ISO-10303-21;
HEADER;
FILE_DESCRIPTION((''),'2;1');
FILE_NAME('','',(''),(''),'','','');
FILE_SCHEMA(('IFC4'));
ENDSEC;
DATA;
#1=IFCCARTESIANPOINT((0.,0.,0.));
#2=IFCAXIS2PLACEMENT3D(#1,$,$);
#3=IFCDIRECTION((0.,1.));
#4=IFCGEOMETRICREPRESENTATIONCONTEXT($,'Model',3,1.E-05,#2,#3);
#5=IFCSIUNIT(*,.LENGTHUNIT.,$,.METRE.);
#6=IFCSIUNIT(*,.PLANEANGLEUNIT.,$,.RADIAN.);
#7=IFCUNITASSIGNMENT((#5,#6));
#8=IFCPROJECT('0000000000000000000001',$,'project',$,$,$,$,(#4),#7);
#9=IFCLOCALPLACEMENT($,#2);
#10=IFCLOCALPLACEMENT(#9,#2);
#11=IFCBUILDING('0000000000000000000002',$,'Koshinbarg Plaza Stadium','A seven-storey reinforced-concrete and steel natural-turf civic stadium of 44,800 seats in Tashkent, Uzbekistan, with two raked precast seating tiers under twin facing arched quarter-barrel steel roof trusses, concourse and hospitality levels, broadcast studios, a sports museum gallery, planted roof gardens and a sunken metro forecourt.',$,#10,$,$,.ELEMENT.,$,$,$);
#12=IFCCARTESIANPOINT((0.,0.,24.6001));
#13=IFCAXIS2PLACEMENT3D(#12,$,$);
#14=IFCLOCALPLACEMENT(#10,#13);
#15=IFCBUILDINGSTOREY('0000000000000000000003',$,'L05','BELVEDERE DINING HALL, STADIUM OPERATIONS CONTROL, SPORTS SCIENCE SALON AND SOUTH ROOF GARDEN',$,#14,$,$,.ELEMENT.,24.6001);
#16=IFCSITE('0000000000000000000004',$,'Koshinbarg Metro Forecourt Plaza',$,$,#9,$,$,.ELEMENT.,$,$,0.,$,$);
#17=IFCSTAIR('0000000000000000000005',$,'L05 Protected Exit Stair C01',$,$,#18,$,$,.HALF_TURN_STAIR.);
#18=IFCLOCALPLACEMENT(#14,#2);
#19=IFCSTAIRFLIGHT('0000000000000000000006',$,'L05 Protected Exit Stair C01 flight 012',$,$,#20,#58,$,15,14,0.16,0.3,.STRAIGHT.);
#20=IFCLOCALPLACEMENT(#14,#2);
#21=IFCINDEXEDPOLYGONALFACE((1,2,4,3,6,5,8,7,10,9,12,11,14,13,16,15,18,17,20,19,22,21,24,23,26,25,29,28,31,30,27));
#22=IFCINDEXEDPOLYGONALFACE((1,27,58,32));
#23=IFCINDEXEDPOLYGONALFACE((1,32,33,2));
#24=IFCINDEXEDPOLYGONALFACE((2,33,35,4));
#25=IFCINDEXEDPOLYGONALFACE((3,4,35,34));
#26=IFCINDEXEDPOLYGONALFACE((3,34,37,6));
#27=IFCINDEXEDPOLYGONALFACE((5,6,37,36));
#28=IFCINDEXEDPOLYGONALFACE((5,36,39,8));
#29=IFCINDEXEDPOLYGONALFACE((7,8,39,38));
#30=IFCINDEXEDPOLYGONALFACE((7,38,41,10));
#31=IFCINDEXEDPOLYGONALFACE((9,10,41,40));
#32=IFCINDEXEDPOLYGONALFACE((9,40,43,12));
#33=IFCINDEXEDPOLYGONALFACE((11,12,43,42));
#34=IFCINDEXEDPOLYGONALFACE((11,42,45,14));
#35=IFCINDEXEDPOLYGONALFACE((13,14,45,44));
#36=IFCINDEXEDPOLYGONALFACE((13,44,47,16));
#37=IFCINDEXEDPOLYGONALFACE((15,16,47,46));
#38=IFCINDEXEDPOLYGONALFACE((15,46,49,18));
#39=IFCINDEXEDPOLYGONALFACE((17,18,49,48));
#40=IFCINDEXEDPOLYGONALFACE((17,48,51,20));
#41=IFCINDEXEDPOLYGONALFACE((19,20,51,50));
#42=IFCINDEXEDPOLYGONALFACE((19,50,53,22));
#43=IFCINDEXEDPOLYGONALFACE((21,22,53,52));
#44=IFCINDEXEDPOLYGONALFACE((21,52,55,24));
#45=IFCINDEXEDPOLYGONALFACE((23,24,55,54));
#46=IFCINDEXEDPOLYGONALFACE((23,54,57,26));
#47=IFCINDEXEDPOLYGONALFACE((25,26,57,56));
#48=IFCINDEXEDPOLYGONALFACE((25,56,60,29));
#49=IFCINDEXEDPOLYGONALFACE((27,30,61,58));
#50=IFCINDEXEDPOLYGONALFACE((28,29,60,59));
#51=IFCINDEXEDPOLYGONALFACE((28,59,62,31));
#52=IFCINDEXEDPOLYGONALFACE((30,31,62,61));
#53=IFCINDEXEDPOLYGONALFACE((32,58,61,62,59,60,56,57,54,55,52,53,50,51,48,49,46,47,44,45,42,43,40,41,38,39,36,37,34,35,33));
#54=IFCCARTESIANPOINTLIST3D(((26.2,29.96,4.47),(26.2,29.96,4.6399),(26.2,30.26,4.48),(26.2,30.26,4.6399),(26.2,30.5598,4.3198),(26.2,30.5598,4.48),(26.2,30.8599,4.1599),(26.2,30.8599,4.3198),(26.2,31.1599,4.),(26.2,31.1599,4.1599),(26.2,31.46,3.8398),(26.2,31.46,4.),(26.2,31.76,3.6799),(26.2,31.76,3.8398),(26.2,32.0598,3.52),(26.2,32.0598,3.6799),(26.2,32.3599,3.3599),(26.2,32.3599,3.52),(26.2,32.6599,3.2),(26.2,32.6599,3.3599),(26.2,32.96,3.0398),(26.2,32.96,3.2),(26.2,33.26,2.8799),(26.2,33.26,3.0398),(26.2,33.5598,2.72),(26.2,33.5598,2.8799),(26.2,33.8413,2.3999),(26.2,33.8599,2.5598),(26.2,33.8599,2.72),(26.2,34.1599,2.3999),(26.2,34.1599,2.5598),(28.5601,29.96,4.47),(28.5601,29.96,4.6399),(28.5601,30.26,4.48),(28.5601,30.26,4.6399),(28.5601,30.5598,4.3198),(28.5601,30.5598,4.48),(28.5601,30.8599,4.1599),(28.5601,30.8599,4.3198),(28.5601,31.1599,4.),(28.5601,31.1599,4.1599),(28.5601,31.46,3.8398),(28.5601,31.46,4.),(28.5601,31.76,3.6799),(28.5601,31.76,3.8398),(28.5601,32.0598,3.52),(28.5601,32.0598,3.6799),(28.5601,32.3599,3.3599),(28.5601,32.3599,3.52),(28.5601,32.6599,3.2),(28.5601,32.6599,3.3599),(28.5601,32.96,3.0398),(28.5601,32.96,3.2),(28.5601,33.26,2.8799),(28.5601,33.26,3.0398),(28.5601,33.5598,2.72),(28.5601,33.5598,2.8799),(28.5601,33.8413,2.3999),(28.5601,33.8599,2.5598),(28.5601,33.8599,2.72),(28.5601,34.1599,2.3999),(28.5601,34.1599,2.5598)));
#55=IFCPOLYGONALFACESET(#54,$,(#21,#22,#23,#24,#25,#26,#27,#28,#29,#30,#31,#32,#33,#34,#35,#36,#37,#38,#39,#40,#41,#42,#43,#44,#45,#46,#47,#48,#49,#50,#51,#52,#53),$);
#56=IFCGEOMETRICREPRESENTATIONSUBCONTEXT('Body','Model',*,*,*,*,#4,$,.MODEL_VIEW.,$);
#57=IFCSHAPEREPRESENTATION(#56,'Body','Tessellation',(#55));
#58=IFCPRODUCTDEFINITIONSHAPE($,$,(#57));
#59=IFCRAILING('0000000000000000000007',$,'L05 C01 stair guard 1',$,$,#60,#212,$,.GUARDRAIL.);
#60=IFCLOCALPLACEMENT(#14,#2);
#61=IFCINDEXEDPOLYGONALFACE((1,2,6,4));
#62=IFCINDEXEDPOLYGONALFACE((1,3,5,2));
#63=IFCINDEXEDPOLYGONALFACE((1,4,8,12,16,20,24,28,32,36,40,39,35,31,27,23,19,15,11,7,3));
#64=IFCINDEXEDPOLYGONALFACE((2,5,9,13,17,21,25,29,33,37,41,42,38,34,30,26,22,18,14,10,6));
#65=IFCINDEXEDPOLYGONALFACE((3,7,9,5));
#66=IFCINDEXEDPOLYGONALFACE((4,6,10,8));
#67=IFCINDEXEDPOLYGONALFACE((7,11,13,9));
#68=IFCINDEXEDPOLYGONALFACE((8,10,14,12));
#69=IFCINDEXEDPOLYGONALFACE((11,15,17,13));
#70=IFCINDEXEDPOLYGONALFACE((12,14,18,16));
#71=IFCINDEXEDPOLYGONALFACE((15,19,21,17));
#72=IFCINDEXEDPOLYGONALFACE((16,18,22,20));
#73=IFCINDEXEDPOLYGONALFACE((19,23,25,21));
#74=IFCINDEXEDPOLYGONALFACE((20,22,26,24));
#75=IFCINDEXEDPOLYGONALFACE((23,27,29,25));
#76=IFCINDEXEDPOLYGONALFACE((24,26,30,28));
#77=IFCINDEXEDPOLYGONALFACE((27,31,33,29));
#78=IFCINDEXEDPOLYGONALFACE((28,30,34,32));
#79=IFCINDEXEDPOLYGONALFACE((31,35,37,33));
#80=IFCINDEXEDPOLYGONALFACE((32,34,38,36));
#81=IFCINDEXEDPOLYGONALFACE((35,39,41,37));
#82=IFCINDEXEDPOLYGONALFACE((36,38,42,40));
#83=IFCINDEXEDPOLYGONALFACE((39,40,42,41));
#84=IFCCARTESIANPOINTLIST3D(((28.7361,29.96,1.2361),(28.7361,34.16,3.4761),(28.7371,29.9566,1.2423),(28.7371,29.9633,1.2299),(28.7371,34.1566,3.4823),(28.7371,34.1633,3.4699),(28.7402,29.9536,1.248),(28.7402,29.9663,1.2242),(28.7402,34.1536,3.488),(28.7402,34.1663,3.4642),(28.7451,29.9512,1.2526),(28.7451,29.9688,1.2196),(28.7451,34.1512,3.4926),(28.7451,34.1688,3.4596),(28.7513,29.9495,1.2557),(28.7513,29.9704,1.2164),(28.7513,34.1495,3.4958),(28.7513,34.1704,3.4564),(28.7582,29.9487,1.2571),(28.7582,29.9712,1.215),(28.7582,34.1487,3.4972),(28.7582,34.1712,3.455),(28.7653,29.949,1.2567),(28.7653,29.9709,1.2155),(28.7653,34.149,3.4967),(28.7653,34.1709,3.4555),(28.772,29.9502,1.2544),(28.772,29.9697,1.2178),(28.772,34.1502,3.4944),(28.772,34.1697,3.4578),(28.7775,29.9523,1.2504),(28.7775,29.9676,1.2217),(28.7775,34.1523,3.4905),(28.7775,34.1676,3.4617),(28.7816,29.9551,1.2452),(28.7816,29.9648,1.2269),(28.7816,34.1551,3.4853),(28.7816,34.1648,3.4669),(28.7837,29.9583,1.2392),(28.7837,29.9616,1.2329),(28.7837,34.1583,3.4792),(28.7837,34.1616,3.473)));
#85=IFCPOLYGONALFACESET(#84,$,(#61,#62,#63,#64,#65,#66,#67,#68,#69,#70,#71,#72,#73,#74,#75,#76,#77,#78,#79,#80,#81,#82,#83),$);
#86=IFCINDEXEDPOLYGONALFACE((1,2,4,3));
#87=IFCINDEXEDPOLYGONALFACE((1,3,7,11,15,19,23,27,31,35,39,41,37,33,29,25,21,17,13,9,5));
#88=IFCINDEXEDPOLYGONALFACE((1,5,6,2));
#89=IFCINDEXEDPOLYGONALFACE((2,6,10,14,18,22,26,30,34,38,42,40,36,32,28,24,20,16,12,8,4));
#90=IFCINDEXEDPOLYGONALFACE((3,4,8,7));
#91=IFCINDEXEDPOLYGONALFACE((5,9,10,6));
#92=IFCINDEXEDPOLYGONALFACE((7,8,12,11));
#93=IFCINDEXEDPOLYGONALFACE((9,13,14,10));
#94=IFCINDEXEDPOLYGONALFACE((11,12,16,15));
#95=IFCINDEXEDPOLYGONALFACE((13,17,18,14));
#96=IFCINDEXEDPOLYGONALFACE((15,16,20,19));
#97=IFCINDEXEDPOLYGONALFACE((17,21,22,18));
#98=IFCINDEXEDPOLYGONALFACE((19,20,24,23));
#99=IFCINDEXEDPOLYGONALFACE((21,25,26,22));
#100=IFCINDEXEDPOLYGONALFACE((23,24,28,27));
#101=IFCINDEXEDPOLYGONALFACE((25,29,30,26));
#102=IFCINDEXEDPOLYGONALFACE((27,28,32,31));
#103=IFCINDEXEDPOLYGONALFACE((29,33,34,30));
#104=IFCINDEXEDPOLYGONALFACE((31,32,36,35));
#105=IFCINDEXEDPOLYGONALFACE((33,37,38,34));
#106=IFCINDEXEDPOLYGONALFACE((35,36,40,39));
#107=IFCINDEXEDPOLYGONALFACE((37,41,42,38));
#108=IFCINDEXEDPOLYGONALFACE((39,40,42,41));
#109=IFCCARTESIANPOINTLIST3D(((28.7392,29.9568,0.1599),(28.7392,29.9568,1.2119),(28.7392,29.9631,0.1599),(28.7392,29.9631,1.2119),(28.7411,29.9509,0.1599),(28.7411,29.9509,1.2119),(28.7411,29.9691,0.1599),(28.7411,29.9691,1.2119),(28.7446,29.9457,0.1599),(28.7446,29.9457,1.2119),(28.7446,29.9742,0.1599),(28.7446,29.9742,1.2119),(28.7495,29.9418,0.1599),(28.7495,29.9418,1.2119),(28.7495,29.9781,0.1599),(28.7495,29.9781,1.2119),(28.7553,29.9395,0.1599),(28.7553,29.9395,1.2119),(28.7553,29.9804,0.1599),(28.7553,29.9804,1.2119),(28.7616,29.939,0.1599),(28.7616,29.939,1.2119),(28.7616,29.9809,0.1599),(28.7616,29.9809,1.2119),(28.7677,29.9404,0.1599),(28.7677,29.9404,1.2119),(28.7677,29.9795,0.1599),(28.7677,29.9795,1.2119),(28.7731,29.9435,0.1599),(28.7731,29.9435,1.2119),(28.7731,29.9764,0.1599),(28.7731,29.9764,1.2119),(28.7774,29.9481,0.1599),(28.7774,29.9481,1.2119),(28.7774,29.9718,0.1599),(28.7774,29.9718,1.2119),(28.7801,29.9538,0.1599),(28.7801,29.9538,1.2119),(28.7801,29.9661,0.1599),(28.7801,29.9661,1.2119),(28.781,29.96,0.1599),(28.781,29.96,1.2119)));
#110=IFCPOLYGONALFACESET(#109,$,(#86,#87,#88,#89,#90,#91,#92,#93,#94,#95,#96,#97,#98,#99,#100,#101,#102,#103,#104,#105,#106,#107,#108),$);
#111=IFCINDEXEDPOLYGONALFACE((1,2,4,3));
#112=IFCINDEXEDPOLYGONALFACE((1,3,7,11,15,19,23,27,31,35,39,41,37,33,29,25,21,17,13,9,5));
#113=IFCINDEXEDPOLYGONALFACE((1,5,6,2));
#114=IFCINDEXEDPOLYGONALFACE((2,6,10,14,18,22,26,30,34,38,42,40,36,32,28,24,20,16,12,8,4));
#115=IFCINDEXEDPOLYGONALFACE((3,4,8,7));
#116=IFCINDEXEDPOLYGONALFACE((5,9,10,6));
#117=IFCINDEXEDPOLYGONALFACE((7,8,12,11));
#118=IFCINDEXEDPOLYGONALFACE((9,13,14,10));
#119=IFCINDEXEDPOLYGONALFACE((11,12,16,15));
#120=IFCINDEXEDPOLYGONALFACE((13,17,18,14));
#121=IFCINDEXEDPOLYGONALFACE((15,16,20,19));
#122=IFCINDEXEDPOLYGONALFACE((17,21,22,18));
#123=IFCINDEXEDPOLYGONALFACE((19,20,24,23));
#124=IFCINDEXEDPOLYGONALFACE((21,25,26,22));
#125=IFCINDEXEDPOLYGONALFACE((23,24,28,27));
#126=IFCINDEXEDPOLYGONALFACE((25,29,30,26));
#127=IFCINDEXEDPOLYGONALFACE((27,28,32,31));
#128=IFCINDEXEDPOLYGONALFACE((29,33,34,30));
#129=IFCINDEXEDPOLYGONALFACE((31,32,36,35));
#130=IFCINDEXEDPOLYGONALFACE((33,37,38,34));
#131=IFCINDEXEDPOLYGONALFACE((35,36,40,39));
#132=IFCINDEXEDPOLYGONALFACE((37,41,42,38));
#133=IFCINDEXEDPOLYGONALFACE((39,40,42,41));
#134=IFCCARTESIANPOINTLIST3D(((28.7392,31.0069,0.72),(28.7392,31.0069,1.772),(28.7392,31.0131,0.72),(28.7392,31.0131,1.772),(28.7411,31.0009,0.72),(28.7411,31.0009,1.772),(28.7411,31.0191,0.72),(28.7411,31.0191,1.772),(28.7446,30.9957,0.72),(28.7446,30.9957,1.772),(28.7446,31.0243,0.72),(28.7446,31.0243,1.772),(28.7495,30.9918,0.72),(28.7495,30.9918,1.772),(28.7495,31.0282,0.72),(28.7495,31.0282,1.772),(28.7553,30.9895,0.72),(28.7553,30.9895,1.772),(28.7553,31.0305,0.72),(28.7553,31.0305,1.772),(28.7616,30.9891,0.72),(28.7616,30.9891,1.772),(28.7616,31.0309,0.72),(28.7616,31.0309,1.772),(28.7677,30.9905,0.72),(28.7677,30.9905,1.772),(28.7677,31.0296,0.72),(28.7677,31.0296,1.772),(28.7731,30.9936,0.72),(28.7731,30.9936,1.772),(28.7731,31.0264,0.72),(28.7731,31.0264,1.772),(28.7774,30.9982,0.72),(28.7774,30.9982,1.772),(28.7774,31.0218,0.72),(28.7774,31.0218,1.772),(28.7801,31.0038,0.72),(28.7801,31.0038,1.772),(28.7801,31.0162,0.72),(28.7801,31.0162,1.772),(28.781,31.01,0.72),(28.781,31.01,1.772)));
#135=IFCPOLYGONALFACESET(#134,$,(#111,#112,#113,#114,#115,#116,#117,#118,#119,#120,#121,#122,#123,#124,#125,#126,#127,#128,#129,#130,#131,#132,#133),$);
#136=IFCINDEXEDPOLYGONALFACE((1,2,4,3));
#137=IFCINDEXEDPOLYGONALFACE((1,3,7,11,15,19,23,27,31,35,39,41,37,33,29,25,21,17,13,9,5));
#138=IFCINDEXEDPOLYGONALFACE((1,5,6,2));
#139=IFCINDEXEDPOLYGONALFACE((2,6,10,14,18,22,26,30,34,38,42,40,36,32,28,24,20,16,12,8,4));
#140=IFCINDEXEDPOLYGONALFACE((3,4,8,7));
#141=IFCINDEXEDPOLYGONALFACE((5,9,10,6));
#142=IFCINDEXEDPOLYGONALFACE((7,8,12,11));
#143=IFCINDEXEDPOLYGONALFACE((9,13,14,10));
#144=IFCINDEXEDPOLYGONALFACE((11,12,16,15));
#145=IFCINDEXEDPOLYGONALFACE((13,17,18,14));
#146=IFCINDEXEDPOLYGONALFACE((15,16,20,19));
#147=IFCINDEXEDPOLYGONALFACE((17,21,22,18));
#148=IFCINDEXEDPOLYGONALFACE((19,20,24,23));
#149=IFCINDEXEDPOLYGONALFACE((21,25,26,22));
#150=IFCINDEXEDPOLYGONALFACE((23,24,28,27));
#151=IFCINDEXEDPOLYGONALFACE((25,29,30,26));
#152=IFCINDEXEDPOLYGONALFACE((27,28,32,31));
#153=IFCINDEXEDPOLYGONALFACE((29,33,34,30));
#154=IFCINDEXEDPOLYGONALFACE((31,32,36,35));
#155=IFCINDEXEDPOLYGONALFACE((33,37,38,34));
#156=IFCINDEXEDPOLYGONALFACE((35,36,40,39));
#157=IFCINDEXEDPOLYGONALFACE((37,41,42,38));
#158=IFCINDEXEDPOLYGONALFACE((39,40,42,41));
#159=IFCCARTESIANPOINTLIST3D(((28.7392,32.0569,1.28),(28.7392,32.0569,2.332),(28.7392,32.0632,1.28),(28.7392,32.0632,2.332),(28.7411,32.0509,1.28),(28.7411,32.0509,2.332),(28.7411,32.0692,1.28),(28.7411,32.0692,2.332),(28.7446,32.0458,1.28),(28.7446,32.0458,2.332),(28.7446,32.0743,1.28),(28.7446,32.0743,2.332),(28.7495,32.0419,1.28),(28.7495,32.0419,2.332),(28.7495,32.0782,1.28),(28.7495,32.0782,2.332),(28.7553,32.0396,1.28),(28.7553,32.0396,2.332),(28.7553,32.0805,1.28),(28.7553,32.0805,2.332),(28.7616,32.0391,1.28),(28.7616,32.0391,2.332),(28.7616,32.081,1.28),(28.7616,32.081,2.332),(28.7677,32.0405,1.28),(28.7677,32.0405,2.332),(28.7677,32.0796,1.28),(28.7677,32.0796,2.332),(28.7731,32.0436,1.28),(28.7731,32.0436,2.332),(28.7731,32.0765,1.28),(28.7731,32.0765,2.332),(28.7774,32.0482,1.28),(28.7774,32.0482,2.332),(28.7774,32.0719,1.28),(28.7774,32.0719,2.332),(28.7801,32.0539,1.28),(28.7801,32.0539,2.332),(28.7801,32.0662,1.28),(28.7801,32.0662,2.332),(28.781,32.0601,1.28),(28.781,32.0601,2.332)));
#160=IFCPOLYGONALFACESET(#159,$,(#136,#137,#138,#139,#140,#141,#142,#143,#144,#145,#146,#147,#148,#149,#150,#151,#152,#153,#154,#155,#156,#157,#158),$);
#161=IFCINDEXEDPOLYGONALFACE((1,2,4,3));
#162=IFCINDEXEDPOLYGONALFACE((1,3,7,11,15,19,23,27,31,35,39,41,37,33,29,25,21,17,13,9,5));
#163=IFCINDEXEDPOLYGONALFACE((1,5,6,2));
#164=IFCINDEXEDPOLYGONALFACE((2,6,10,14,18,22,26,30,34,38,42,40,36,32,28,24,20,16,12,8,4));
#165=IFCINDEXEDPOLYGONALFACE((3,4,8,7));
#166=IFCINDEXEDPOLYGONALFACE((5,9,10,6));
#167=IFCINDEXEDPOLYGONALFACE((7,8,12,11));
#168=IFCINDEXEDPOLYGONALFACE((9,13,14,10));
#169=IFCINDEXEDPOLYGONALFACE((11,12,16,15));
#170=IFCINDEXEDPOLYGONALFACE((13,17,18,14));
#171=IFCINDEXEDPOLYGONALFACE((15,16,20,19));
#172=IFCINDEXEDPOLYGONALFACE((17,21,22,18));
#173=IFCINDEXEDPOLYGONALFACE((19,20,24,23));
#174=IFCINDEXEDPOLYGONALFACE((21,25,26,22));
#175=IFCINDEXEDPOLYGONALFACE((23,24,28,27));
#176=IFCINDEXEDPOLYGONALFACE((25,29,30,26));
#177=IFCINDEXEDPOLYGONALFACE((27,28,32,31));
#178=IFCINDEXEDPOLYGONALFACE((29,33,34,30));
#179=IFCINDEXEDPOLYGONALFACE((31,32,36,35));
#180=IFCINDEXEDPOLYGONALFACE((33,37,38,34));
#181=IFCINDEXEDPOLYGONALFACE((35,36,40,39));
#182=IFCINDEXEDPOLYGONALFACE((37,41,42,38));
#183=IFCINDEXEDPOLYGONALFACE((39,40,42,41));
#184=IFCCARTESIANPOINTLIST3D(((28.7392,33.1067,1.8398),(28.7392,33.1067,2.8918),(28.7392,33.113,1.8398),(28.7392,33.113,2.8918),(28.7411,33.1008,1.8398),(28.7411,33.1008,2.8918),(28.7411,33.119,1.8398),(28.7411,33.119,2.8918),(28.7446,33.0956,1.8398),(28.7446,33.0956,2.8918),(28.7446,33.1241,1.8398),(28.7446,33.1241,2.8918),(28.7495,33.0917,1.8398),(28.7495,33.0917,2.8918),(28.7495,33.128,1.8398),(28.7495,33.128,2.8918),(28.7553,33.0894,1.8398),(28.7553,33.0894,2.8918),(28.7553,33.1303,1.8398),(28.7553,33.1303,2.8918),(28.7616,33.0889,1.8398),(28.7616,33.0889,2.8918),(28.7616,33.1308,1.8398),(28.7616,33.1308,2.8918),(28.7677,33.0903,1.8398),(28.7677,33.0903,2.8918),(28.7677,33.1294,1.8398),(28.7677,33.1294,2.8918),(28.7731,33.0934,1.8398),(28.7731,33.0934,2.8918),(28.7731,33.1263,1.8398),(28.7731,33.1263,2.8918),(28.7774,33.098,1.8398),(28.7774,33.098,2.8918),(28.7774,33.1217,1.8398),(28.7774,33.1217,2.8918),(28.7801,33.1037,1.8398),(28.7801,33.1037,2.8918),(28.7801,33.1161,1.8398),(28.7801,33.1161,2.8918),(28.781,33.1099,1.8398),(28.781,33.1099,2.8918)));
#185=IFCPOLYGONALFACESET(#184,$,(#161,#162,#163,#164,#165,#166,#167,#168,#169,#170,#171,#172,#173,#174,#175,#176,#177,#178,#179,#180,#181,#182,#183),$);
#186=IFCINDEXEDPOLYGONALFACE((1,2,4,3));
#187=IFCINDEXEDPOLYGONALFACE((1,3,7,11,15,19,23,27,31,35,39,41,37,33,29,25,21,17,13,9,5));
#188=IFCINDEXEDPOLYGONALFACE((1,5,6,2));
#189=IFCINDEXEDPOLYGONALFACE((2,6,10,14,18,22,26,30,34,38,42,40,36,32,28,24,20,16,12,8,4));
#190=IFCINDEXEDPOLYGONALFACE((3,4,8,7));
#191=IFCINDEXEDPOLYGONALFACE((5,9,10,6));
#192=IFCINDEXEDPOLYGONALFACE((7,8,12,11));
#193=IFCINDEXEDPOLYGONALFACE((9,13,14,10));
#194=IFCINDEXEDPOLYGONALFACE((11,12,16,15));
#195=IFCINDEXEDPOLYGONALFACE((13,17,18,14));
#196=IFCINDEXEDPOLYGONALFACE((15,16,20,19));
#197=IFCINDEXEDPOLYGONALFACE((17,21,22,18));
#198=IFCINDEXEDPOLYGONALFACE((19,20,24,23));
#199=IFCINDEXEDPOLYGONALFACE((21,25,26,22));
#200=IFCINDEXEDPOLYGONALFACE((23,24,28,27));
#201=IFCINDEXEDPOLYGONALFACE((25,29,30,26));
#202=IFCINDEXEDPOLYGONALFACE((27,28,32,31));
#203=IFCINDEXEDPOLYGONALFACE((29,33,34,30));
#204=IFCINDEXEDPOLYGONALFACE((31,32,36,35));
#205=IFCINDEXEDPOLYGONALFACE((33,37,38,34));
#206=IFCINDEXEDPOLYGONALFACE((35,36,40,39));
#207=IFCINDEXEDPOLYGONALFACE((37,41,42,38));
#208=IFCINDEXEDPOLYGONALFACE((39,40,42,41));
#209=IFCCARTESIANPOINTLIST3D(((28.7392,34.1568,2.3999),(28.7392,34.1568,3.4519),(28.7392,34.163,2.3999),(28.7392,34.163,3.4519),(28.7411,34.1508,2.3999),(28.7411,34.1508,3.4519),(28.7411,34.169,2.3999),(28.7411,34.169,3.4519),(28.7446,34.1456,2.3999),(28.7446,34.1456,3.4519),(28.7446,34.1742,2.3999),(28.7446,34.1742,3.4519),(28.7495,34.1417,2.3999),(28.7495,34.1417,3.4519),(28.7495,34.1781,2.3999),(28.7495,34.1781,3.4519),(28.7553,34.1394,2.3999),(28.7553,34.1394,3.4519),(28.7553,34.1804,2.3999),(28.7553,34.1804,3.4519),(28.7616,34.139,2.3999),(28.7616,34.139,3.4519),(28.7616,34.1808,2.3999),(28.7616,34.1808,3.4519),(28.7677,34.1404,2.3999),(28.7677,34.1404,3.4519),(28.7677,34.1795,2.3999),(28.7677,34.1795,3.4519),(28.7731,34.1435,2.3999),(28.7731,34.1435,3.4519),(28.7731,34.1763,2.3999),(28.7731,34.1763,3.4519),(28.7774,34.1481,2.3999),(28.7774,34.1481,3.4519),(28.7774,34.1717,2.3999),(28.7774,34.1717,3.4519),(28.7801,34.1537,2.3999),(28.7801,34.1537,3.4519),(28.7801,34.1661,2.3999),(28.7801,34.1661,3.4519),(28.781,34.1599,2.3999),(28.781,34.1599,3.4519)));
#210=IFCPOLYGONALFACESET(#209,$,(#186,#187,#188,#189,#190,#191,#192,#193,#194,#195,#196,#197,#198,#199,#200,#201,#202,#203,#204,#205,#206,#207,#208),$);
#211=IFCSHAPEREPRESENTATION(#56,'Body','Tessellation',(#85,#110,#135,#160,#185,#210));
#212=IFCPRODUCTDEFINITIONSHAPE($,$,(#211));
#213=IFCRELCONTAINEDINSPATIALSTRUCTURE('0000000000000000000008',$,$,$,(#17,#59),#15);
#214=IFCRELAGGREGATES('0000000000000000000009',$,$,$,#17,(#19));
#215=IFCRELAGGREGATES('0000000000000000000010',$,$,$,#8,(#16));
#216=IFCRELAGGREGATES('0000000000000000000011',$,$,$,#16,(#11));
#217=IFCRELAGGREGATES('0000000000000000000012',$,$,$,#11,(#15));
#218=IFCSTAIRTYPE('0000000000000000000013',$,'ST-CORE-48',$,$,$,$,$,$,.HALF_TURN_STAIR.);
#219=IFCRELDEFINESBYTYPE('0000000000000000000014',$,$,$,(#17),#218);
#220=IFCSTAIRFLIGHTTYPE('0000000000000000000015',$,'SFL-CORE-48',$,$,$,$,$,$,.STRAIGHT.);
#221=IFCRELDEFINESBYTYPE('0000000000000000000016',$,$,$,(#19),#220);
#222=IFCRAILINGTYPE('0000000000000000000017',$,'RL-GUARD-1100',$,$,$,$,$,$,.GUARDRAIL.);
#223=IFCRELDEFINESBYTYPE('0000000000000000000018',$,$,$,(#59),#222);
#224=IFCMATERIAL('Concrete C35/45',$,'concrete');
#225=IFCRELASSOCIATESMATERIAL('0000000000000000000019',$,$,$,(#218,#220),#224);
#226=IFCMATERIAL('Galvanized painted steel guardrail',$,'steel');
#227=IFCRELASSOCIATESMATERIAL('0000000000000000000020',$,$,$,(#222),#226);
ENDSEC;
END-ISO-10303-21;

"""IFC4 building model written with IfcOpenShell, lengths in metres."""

from ifc_helpers import new_model, si_unit, direction, frame, origin, origin_2d, place, context, subcontext, project, spatial, polyline, circle, outline, extrude, material, type_object, element, aggregate, save


model = new_model("IFC4")

# Units and contexts
model_context = context("Model", 3, precision=1e-05, world=origin(), true_north=direction((0.0, 1.0)))
body_context = subcontext(model_context, "Body", "Model", "MODEL_VIEW")
ifc_project = project(units=[si_unit("LENGTHUNIT", "METRE"), si_unit("PLANEANGLEUNIT", "RADIAN")], contexts=[model_context])

# Site, building, storey
site_placement = place(None, origin())
site = spatial("IfcSite", under=ifc_project, at=site_placement, Name="Koshinbarg Metro Forecourt Plaza", CompositionType="ELEMENT", RefElevation=0.0)
building_placement = place(site_placement, origin())
building = spatial("IfcBuilding", under=site, at=building_placement, Name="Koshinbarg Plaza Stadium", Description="A seven-storey reinforced-concrete and steel natural-turf civic stadium of 44,800 seats in Tashkent, Uzbekistan, with two raked precast seating tiers under twin facing arched quarter-barrel steel roof trusses, concourse and hospitality levels, broadcast studios, a sports museum gallery, planted roof gardens and a sunken metro forecourt.", CompositionType="ELEMENT")
storey_placement = place(building_placement, frame((0.0, 0.0, 24.6001)))
storey = spatial("IfcBuildingStorey", under=building, at=storey_placement, Name="L05", Description="BELVEDERE DINING HALL, STADIUM OPERATIONS CONTROL, SPORTS SCIENCE SALON AND SOUTH ROOF GARDEN", CompositionType="ELEMENT", Elevation=24.6001)

# Stair, stair flight
ifc_material_1 = material(Name="Concrete C35/45", Category="concrete")
stair_type = type_object("IfcStairType", Name="ST-CORE-48", PredefinedType="HALF_TURN_STAIR", material=ifc_material_1)
stair_placement = place(storey_placement, origin())
stair = element("IfcStair", 1, at=stair_placement, inside=storey, type_object=stair_type, Name="L05 Protected Exit Stair C01", PredefinedType="HALF_TURN_STAIR")
stair_flight_type = type_object("IfcStairFlightType", Name="SFL-CORE-48", PredefinedType="STRAIGHT", material=ifc_material_1)
stair_flight_1_placement = place(storey_placement, frame((27.3799, 34.1599, 2.3999), z_axis=(0.0, 0.0, 1.0), x_axis=(0.0, -1.0, 0.0)))
stair_flight_1 = element("IfcStairFlight", 2, at=stair_flight_1_placement, type_object=stair_flight_type, Name="L05 Protected Exit Stair C01 flight 012", NumberOfRisers=15, NumberOfTreads=14, PredefinedType="STRAIGHT", RiserHeight=0.16, TreadLength=0.3, context=body_context, shape_type="SweptSolid", body=[
    extrude(outline(polyline([(0.0, 0.0), (0.0, 0.1599), (0.3, 0.1599), (0.3, 0.3201), (0.6001, 0.3201), (0.6001, 0.48), (0.8999, 0.48), (0.8999, 0.6399), (1.2, 0.6399), (1.2, 0.8), (1.5, 0.8), (1.5, 0.96), (1.8, 0.96), (1.8, 1.1201), (2.1001, 1.1201), (2.1001, 1.28), (2.3999, 1.28), (2.3999, 1.4399), (2.7, 1.4399), (2.7, 1.6001), (3.0, 1.6001), (3.0, 1.76), (3.3, 1.76), (3.3, 1.9199), (3.6001, 1.9199), (3.6001, 2.0801), (3.8999, 2.0801), (3.8999, 2.24), (4.2, 2.24), (4.2, 2.3999), (4.2, 2.0701), (0.3186, 0.0), (0.0, 0.0)])), frame((0.0, 1.1802, 0.0), z_axis=(0.0, -1.0, 0.0), x_axis=(1.0, 0.0, 0.0)), (0.0, 0.0, 1.0), 2.3601),
])
aggregate(stair, [stair_flight_1])

# Railing
ifc_material_2 = material(Name="Galvanized painted steel guardrail", Category="steel")
railing_type_1 = type_object("IfcRailingType", Name="RL-GUARD-1100", PredefinedType="GUARDRAIL", material=ifc_material_2)
railing_1_placement = place(storey_placement, frame((28.76, 29.96, 0.1599)))
element("IfcRailing", 3, at=railing_1_placement, inside=storey, type_object=railing_type_1, Name="L05 C01 stair guard 1", PredefinedType="GUARDRAIL", context=body_context, shape_type="SweptSolid", body=[
    extrude(circle(Radius=0.0239, at=origin_2d()), frame((0.0, 0.0, 1.0762), z_axis=(0.0, 0.882352, 0.470591), x_axis=(-1.0, 0.0, 0.0)), (0.0, 0.0, 1.0), 4.76),
    extrude(circle(Radius=0.021, at=origin_2d()), origin(), (0.0, 0.0, 1.0), 1.052),
    extrude(circle(Radius=0.021, at=origin_2d()), frame((0.0, 1.05, 0.5601)), (0.0, 0.0, 1.0), 1.052),
    extrude(circle(Radius=0.021, at=origin_2d()), frame((0.0, 2.1001, 1.1201)), (0.0, 0.0, 1.0), 1.052),
    extrude(circle(Radius=0.021, at=origin_2d()), frame((0.0, 3.1499, 1.6799)), (0.0, 0.0, 1.0), 1.052),
    extrude(circle(Radius=0.021, at=origin_2d()), frame((0.0, 4.2, 2.24)), (0.0, 0.0, 1.0), 1.052),
])

save(model, "model.ifc")
